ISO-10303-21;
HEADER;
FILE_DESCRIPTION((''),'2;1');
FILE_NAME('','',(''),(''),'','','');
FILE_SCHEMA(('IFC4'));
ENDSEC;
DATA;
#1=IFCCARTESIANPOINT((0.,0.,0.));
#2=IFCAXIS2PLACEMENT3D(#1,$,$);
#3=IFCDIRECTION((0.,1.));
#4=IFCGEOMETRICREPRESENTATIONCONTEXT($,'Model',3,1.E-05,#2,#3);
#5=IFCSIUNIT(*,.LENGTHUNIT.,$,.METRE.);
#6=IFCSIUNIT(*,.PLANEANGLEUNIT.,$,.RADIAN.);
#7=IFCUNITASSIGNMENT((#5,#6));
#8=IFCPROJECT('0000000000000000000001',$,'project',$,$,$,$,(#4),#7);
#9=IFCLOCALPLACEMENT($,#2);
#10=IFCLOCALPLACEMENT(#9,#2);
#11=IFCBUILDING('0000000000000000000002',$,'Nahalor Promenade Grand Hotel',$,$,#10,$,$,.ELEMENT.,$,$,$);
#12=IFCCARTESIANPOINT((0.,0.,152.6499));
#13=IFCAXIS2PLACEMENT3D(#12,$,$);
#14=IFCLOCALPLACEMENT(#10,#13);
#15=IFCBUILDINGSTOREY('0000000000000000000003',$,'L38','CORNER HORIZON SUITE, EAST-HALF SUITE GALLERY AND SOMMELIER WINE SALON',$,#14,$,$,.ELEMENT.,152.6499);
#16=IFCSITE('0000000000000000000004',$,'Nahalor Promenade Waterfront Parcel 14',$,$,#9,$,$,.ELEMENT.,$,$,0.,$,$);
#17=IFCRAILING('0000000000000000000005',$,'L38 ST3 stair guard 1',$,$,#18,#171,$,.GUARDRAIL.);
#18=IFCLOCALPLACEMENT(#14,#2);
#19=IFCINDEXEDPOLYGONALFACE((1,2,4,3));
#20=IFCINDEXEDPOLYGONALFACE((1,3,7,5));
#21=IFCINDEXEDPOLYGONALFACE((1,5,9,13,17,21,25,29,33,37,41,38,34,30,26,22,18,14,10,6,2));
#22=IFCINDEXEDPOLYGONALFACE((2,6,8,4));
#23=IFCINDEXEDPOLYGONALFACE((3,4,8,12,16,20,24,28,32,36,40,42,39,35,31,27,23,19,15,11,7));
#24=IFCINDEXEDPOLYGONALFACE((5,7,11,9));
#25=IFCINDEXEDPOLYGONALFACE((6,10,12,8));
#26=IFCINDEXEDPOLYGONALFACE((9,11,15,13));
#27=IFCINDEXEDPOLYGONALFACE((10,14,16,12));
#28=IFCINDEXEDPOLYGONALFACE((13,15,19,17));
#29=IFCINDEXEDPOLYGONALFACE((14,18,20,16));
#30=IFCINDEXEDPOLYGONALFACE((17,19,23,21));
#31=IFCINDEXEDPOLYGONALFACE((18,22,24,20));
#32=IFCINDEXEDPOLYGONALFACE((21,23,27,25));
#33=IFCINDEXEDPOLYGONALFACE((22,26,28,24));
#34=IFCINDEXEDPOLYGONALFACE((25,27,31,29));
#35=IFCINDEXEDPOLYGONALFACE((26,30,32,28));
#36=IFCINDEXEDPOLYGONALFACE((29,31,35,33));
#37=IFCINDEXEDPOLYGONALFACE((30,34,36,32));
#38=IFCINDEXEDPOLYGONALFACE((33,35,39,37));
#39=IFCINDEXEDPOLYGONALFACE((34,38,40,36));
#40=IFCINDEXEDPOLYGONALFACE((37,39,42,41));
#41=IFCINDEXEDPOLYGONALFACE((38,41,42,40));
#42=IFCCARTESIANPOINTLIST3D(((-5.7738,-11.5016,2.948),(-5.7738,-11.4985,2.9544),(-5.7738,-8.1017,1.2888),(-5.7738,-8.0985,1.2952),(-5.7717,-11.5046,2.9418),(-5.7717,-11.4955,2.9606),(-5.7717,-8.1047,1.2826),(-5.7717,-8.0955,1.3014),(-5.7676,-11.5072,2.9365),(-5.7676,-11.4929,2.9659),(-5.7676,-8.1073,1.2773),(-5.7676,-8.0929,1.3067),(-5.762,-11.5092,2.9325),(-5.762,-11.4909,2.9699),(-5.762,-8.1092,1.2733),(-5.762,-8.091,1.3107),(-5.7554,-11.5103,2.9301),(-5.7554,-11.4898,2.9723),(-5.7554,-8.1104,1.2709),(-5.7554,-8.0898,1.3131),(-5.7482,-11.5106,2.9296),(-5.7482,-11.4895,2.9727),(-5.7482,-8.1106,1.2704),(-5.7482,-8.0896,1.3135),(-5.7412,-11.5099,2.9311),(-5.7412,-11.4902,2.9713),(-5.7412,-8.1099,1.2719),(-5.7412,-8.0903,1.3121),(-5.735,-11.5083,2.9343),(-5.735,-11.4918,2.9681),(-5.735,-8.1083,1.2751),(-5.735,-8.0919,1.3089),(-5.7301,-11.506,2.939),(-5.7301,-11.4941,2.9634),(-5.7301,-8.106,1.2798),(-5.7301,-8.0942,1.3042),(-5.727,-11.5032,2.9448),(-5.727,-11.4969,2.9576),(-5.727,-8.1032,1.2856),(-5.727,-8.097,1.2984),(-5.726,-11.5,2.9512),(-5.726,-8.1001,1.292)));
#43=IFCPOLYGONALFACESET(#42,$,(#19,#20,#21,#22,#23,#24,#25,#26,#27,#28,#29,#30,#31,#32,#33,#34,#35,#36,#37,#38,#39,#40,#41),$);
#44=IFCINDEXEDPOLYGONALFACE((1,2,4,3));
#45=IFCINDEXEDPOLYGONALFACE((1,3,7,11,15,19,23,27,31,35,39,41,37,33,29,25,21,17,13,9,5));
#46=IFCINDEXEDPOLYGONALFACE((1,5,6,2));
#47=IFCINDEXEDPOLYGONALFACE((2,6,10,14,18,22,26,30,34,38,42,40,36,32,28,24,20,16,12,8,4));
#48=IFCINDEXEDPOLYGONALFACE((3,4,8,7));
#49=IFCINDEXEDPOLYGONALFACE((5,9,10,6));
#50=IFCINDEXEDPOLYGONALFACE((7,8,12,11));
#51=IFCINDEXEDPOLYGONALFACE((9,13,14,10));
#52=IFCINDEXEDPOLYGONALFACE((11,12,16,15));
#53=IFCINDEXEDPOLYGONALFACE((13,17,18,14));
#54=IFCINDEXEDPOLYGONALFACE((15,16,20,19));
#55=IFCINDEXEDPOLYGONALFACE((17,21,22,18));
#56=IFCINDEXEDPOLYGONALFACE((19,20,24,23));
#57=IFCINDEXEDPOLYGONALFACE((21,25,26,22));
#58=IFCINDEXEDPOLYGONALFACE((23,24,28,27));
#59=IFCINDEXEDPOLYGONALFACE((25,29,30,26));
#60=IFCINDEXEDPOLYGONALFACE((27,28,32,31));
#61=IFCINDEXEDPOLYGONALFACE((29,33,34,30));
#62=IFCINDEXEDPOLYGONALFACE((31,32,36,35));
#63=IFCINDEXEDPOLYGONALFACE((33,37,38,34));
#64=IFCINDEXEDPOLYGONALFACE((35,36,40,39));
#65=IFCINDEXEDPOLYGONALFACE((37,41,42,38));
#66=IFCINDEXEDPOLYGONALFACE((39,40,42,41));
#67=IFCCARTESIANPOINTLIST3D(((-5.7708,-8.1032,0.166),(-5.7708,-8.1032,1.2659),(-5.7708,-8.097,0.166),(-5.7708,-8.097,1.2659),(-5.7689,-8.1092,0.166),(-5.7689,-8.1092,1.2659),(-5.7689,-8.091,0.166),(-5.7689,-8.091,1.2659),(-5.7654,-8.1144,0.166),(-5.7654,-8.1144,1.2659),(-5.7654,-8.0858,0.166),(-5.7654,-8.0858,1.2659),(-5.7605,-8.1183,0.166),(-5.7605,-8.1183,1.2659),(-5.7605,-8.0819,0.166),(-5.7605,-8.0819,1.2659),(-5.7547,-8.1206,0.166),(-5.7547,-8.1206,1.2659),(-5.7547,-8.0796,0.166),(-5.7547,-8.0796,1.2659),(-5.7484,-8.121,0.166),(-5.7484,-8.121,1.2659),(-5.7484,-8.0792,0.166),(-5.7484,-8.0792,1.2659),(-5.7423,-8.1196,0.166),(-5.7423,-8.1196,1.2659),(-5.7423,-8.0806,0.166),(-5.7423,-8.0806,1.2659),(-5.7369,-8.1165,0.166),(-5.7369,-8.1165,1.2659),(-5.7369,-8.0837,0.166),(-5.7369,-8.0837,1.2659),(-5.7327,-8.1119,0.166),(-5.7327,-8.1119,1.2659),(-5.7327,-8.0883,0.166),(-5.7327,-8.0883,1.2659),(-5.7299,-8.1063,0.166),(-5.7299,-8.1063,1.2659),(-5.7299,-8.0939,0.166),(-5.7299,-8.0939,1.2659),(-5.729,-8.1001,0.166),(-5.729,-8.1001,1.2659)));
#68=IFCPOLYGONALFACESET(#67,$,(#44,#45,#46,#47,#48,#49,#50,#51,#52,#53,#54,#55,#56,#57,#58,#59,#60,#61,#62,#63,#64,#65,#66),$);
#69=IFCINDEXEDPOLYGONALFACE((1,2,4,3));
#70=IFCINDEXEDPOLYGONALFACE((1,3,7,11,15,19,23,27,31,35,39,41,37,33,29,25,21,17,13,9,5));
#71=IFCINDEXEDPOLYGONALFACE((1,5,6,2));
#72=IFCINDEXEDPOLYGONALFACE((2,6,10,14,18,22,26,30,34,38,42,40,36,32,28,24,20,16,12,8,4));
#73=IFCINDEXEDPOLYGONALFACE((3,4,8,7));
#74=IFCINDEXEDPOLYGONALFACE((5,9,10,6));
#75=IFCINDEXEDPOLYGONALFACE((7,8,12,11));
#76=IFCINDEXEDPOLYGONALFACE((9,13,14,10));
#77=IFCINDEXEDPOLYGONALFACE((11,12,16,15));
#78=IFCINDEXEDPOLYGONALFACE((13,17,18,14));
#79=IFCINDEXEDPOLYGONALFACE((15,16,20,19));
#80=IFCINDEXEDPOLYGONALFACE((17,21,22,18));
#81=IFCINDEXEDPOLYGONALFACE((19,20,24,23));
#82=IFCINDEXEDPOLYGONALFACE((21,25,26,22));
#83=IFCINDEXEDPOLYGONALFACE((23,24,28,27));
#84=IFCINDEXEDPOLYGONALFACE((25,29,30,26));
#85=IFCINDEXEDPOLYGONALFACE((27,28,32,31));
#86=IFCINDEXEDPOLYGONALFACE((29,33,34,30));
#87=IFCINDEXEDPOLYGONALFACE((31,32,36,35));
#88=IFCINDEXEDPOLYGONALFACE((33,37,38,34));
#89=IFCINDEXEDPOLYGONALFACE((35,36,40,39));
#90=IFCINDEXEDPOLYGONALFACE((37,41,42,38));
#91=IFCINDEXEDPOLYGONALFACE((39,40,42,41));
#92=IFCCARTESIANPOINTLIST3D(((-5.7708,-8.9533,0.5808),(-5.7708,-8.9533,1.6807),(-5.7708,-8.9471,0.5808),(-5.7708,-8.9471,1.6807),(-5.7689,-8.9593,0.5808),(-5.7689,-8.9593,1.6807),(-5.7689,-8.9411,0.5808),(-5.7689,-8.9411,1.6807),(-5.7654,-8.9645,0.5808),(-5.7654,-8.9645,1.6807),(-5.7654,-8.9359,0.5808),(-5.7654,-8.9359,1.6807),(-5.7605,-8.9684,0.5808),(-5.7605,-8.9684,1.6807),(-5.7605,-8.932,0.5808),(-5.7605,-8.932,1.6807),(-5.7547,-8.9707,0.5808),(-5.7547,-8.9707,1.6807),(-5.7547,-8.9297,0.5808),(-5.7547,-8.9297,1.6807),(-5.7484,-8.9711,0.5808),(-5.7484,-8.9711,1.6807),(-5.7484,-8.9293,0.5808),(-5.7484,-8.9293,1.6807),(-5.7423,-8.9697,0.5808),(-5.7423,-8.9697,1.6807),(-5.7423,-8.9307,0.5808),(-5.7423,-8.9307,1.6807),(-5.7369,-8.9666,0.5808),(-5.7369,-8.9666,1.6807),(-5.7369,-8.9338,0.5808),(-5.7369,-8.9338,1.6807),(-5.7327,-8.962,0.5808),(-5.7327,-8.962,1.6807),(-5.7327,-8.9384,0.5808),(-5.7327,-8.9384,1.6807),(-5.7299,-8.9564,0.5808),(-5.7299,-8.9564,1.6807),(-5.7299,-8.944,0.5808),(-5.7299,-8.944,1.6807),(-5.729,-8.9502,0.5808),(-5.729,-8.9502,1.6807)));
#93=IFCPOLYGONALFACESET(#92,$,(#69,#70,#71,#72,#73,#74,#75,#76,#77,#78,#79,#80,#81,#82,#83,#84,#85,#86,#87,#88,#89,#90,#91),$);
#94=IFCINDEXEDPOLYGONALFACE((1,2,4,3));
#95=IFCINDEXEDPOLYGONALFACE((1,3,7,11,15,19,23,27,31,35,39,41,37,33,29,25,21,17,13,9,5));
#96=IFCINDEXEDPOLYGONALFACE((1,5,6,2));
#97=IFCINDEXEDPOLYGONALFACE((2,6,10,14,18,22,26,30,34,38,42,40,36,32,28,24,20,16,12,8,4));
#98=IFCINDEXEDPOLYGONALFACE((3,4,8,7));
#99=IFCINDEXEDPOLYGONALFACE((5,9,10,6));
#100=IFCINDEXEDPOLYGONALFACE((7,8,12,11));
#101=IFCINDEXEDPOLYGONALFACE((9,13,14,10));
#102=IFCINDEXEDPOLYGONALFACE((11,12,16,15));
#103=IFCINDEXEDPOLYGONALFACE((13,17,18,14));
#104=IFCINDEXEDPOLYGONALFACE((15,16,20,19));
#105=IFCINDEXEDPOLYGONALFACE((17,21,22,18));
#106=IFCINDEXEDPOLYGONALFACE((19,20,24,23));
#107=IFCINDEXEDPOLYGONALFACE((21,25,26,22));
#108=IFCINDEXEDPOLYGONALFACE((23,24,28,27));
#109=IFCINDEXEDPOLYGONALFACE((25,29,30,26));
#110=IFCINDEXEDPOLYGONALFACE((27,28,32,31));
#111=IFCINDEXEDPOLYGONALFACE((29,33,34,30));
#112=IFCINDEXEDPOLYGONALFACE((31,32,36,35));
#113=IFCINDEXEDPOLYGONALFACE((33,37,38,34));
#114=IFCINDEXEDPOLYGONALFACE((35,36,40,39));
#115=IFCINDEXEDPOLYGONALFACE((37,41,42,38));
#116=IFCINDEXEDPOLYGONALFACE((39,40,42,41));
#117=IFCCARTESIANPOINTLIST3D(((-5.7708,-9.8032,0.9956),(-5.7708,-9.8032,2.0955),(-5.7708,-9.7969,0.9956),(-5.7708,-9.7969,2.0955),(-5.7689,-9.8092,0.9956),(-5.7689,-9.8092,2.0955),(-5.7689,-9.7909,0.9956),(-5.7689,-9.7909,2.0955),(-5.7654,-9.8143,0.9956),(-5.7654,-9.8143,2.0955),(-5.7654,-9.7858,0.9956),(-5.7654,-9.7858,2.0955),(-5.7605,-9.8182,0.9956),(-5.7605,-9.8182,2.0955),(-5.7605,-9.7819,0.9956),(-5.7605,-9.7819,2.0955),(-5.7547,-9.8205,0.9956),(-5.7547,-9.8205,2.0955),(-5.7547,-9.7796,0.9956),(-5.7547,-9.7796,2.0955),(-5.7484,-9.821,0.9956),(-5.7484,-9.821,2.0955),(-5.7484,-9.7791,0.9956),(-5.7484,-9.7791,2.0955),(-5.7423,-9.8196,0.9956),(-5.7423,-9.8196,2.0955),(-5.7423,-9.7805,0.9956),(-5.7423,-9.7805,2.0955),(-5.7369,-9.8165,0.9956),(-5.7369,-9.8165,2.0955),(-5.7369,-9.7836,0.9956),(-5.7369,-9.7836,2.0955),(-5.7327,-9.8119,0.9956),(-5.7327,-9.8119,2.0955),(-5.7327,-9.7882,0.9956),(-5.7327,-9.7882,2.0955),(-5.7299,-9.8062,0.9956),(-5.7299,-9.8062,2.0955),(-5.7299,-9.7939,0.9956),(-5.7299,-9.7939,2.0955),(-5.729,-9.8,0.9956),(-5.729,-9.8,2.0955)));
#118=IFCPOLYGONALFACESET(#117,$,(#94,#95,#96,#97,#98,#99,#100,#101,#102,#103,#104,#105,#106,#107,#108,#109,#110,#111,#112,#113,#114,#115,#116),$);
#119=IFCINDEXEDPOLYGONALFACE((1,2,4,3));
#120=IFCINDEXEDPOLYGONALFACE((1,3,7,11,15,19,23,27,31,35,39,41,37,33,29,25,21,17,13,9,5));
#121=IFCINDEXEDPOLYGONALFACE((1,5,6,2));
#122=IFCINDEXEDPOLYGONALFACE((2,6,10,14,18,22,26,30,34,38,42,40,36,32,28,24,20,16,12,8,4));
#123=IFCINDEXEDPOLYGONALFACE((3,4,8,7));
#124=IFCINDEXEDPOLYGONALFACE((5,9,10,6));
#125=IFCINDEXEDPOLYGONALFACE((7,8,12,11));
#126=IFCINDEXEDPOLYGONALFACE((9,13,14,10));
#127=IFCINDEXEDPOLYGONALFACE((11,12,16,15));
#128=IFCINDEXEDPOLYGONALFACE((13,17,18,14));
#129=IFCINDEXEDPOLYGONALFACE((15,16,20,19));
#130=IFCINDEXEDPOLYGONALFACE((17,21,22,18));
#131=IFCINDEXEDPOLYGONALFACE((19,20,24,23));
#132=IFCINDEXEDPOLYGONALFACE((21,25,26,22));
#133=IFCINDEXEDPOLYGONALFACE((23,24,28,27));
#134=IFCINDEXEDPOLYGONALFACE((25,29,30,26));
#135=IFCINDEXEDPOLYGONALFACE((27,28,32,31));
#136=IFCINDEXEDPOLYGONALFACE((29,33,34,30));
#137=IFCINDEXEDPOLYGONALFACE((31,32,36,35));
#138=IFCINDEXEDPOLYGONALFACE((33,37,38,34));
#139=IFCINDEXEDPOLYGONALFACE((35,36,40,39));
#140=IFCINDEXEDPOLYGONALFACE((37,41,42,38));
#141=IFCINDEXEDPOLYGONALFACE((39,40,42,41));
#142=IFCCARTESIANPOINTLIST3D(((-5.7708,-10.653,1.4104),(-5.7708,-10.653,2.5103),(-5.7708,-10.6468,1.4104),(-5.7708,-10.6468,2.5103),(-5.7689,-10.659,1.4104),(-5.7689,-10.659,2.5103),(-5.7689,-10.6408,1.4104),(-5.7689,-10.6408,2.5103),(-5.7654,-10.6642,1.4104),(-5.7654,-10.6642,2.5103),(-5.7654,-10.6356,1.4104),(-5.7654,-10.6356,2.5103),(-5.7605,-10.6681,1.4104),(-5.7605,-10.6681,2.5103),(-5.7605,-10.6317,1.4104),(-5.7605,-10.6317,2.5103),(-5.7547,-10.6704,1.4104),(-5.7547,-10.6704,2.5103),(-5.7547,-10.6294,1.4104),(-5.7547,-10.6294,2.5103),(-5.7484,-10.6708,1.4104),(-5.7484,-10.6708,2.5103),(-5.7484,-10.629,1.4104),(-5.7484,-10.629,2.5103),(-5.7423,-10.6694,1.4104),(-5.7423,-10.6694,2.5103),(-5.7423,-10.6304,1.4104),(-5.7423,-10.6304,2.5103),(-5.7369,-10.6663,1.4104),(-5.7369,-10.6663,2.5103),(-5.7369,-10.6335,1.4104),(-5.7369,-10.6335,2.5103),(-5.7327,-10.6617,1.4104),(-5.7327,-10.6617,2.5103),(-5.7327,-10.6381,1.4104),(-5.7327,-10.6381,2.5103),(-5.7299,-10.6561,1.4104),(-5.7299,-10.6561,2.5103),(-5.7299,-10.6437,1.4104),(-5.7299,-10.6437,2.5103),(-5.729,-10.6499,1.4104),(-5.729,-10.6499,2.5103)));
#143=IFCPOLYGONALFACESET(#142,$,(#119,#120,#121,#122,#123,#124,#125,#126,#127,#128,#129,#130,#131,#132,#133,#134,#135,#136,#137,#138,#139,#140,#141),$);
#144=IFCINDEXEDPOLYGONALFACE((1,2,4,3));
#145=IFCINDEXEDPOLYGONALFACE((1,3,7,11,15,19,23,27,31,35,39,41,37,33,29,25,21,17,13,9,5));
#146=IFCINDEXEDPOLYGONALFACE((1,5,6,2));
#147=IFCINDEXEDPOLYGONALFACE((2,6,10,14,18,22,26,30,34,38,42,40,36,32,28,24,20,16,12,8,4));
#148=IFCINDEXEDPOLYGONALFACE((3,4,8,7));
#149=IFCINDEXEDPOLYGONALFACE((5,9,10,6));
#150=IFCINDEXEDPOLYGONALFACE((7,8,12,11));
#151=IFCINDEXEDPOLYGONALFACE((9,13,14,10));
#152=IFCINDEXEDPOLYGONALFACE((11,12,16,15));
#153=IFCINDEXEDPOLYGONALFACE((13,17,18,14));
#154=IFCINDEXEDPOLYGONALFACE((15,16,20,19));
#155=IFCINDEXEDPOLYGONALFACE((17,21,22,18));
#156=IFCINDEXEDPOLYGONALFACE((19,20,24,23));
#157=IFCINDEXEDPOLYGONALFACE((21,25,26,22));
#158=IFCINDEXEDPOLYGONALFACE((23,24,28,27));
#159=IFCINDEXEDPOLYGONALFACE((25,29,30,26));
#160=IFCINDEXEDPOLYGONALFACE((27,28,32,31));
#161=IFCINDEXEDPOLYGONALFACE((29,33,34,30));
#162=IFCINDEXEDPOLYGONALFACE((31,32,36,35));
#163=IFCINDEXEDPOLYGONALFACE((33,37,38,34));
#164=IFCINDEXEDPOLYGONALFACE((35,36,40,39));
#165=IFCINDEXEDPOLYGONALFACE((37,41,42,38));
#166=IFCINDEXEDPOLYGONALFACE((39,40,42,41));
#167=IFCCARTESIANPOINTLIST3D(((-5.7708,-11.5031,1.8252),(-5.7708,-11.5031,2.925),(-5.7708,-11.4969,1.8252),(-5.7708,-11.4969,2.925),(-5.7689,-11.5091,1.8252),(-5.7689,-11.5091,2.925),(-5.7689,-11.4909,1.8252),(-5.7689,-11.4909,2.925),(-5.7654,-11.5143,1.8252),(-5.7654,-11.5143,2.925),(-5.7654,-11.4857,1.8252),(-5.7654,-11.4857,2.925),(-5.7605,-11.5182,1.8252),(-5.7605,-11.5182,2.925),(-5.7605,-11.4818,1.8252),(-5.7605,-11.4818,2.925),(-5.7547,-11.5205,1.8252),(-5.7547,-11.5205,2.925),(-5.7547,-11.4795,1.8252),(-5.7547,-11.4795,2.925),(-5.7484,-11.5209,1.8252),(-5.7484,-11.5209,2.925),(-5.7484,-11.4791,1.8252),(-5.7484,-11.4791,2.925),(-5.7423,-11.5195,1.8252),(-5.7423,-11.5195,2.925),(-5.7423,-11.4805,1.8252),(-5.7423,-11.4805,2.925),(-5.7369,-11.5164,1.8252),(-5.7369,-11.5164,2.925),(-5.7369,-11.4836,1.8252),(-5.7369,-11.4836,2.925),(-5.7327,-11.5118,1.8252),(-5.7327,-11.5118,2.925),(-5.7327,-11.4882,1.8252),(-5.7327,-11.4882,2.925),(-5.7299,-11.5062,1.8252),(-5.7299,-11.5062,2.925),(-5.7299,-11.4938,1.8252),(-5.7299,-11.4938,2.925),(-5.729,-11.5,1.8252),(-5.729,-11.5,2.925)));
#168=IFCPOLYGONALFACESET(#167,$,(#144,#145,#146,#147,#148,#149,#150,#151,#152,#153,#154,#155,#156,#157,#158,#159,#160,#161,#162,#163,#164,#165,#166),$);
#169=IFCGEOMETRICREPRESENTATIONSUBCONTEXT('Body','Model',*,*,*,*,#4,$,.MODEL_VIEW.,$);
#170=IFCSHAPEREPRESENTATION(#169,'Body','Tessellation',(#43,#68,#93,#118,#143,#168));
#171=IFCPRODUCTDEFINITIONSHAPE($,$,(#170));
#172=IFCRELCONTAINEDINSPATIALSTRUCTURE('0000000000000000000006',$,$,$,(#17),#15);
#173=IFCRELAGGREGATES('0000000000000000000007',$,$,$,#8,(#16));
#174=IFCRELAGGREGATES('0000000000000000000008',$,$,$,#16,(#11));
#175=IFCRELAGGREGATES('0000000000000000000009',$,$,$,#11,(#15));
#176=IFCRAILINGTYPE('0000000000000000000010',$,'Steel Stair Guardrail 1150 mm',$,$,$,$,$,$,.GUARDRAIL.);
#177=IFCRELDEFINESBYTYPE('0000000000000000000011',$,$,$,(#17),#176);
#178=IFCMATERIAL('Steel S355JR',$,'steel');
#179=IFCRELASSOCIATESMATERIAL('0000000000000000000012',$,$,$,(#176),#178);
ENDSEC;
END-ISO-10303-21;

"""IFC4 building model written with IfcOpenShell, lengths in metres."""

from ifc_helpers import new_model, si_unit, direction, frame, origin, origin_2d, place, context, subcontext, project, spatial, circle, extrude, material, type_object, element, save


model = new_model("IFC4")

# Units and contexts
model_context = context("Model", 3, precision=1e-05, world=origin(), true_north=direction((0.0, 1.0)))
body_context = subcontext(model_context, "Body", "Model", "MODEL_VIEW")
ifc_project = project(units=[si_unit("LENGTHUNIT", "METRE"), si_unit("PLANEANGLEUNIT", "RADIAN")], contexts=[model_context])

# Site, building, storey
site_placement = place(None, origin())
site = spatial("IfcSite", under=ifc_project, at=site_placement, Name="Nahalor Promenade Waterfront Parcel 14", CompositionType="ELEMENT", RefElevation=0.0)
building_placement = place(site_placement, origin())
building = spatial("IfcBuilding", under=site, at=building_placement, Name="Nahalor Promenade Grand Hotel", CompositionType="ELEMENT")
storey_placement = place(building_placement, frame((0.0, 0.0, 152.6499)))
storey = spatial("IfcBuildingStorey", under=building, at=storey_placement, Name="L38", Description="CORNER HORIZON SUITE, EAST-HALF SUITE GALLERY AND SOMMELIER WINE SALON", CompositionType="ELEMENT", Elevation=152.6499)

# Shared definitions
ifc_material_1 = material(Name="Steel S355JR", Category="steel")

# Railing
railing_type_1 = type_object("IfcRailingType", Name="Steel Stair Guardrail 1150 mm", PredefinedType="GUARDRAIL", material=ifc_material_1)
railing_1_placement = place(storey_placement, frame((-5.75, -8.1001, 0.166)))
element("IfcRailing", 1, at=railing_1_placement, inside=storey, type_object=railing_type_1, Name="L38 ST3 stair guard 1", PredefinedType="GUARDRAIL", context=body_context, shape_type="SweptSolid", body=[
    extrude(circle(Radius=0.024, at=origin_2d()), frame((0.0, 0.0, 1.126), z_axis=(0.0, -0.898696, 0.438571), x_axis=(1.0, 0.0, 0.0)), (0.0, 0.0, 1.0), 3.7832),
    extrude(circle(Radius=0.021, at=origin_2d()), origin(), (0.0, 0.0, 1.0), 1.0999),
    extrude(circle(Radius=0.021, at=origin_2d()), frame((0.0, -0.8501, 0.4148)), (0.0, 0.0, 1.0), 1.0999),
    extrude(circle(Radius=0.021, at=origin_2d()), frame((0.0, -1.7, 0.8296)), (0.0, 0.0, 1.0), 1.0999),
    extrude(circle(Radius=0.021, at=origin_2d()), frame((0.0, -2.5498, 1.2444)), (0.0, 0.0, 1.0), 1.0999),
    extrude(circle(Radius=0.021, at=origin_2d()), frame((0.0, -3.3999, 1.6592)), (0.0, 0.0, 1.0), 1.0999),
])

save(model, "model.ifc")
